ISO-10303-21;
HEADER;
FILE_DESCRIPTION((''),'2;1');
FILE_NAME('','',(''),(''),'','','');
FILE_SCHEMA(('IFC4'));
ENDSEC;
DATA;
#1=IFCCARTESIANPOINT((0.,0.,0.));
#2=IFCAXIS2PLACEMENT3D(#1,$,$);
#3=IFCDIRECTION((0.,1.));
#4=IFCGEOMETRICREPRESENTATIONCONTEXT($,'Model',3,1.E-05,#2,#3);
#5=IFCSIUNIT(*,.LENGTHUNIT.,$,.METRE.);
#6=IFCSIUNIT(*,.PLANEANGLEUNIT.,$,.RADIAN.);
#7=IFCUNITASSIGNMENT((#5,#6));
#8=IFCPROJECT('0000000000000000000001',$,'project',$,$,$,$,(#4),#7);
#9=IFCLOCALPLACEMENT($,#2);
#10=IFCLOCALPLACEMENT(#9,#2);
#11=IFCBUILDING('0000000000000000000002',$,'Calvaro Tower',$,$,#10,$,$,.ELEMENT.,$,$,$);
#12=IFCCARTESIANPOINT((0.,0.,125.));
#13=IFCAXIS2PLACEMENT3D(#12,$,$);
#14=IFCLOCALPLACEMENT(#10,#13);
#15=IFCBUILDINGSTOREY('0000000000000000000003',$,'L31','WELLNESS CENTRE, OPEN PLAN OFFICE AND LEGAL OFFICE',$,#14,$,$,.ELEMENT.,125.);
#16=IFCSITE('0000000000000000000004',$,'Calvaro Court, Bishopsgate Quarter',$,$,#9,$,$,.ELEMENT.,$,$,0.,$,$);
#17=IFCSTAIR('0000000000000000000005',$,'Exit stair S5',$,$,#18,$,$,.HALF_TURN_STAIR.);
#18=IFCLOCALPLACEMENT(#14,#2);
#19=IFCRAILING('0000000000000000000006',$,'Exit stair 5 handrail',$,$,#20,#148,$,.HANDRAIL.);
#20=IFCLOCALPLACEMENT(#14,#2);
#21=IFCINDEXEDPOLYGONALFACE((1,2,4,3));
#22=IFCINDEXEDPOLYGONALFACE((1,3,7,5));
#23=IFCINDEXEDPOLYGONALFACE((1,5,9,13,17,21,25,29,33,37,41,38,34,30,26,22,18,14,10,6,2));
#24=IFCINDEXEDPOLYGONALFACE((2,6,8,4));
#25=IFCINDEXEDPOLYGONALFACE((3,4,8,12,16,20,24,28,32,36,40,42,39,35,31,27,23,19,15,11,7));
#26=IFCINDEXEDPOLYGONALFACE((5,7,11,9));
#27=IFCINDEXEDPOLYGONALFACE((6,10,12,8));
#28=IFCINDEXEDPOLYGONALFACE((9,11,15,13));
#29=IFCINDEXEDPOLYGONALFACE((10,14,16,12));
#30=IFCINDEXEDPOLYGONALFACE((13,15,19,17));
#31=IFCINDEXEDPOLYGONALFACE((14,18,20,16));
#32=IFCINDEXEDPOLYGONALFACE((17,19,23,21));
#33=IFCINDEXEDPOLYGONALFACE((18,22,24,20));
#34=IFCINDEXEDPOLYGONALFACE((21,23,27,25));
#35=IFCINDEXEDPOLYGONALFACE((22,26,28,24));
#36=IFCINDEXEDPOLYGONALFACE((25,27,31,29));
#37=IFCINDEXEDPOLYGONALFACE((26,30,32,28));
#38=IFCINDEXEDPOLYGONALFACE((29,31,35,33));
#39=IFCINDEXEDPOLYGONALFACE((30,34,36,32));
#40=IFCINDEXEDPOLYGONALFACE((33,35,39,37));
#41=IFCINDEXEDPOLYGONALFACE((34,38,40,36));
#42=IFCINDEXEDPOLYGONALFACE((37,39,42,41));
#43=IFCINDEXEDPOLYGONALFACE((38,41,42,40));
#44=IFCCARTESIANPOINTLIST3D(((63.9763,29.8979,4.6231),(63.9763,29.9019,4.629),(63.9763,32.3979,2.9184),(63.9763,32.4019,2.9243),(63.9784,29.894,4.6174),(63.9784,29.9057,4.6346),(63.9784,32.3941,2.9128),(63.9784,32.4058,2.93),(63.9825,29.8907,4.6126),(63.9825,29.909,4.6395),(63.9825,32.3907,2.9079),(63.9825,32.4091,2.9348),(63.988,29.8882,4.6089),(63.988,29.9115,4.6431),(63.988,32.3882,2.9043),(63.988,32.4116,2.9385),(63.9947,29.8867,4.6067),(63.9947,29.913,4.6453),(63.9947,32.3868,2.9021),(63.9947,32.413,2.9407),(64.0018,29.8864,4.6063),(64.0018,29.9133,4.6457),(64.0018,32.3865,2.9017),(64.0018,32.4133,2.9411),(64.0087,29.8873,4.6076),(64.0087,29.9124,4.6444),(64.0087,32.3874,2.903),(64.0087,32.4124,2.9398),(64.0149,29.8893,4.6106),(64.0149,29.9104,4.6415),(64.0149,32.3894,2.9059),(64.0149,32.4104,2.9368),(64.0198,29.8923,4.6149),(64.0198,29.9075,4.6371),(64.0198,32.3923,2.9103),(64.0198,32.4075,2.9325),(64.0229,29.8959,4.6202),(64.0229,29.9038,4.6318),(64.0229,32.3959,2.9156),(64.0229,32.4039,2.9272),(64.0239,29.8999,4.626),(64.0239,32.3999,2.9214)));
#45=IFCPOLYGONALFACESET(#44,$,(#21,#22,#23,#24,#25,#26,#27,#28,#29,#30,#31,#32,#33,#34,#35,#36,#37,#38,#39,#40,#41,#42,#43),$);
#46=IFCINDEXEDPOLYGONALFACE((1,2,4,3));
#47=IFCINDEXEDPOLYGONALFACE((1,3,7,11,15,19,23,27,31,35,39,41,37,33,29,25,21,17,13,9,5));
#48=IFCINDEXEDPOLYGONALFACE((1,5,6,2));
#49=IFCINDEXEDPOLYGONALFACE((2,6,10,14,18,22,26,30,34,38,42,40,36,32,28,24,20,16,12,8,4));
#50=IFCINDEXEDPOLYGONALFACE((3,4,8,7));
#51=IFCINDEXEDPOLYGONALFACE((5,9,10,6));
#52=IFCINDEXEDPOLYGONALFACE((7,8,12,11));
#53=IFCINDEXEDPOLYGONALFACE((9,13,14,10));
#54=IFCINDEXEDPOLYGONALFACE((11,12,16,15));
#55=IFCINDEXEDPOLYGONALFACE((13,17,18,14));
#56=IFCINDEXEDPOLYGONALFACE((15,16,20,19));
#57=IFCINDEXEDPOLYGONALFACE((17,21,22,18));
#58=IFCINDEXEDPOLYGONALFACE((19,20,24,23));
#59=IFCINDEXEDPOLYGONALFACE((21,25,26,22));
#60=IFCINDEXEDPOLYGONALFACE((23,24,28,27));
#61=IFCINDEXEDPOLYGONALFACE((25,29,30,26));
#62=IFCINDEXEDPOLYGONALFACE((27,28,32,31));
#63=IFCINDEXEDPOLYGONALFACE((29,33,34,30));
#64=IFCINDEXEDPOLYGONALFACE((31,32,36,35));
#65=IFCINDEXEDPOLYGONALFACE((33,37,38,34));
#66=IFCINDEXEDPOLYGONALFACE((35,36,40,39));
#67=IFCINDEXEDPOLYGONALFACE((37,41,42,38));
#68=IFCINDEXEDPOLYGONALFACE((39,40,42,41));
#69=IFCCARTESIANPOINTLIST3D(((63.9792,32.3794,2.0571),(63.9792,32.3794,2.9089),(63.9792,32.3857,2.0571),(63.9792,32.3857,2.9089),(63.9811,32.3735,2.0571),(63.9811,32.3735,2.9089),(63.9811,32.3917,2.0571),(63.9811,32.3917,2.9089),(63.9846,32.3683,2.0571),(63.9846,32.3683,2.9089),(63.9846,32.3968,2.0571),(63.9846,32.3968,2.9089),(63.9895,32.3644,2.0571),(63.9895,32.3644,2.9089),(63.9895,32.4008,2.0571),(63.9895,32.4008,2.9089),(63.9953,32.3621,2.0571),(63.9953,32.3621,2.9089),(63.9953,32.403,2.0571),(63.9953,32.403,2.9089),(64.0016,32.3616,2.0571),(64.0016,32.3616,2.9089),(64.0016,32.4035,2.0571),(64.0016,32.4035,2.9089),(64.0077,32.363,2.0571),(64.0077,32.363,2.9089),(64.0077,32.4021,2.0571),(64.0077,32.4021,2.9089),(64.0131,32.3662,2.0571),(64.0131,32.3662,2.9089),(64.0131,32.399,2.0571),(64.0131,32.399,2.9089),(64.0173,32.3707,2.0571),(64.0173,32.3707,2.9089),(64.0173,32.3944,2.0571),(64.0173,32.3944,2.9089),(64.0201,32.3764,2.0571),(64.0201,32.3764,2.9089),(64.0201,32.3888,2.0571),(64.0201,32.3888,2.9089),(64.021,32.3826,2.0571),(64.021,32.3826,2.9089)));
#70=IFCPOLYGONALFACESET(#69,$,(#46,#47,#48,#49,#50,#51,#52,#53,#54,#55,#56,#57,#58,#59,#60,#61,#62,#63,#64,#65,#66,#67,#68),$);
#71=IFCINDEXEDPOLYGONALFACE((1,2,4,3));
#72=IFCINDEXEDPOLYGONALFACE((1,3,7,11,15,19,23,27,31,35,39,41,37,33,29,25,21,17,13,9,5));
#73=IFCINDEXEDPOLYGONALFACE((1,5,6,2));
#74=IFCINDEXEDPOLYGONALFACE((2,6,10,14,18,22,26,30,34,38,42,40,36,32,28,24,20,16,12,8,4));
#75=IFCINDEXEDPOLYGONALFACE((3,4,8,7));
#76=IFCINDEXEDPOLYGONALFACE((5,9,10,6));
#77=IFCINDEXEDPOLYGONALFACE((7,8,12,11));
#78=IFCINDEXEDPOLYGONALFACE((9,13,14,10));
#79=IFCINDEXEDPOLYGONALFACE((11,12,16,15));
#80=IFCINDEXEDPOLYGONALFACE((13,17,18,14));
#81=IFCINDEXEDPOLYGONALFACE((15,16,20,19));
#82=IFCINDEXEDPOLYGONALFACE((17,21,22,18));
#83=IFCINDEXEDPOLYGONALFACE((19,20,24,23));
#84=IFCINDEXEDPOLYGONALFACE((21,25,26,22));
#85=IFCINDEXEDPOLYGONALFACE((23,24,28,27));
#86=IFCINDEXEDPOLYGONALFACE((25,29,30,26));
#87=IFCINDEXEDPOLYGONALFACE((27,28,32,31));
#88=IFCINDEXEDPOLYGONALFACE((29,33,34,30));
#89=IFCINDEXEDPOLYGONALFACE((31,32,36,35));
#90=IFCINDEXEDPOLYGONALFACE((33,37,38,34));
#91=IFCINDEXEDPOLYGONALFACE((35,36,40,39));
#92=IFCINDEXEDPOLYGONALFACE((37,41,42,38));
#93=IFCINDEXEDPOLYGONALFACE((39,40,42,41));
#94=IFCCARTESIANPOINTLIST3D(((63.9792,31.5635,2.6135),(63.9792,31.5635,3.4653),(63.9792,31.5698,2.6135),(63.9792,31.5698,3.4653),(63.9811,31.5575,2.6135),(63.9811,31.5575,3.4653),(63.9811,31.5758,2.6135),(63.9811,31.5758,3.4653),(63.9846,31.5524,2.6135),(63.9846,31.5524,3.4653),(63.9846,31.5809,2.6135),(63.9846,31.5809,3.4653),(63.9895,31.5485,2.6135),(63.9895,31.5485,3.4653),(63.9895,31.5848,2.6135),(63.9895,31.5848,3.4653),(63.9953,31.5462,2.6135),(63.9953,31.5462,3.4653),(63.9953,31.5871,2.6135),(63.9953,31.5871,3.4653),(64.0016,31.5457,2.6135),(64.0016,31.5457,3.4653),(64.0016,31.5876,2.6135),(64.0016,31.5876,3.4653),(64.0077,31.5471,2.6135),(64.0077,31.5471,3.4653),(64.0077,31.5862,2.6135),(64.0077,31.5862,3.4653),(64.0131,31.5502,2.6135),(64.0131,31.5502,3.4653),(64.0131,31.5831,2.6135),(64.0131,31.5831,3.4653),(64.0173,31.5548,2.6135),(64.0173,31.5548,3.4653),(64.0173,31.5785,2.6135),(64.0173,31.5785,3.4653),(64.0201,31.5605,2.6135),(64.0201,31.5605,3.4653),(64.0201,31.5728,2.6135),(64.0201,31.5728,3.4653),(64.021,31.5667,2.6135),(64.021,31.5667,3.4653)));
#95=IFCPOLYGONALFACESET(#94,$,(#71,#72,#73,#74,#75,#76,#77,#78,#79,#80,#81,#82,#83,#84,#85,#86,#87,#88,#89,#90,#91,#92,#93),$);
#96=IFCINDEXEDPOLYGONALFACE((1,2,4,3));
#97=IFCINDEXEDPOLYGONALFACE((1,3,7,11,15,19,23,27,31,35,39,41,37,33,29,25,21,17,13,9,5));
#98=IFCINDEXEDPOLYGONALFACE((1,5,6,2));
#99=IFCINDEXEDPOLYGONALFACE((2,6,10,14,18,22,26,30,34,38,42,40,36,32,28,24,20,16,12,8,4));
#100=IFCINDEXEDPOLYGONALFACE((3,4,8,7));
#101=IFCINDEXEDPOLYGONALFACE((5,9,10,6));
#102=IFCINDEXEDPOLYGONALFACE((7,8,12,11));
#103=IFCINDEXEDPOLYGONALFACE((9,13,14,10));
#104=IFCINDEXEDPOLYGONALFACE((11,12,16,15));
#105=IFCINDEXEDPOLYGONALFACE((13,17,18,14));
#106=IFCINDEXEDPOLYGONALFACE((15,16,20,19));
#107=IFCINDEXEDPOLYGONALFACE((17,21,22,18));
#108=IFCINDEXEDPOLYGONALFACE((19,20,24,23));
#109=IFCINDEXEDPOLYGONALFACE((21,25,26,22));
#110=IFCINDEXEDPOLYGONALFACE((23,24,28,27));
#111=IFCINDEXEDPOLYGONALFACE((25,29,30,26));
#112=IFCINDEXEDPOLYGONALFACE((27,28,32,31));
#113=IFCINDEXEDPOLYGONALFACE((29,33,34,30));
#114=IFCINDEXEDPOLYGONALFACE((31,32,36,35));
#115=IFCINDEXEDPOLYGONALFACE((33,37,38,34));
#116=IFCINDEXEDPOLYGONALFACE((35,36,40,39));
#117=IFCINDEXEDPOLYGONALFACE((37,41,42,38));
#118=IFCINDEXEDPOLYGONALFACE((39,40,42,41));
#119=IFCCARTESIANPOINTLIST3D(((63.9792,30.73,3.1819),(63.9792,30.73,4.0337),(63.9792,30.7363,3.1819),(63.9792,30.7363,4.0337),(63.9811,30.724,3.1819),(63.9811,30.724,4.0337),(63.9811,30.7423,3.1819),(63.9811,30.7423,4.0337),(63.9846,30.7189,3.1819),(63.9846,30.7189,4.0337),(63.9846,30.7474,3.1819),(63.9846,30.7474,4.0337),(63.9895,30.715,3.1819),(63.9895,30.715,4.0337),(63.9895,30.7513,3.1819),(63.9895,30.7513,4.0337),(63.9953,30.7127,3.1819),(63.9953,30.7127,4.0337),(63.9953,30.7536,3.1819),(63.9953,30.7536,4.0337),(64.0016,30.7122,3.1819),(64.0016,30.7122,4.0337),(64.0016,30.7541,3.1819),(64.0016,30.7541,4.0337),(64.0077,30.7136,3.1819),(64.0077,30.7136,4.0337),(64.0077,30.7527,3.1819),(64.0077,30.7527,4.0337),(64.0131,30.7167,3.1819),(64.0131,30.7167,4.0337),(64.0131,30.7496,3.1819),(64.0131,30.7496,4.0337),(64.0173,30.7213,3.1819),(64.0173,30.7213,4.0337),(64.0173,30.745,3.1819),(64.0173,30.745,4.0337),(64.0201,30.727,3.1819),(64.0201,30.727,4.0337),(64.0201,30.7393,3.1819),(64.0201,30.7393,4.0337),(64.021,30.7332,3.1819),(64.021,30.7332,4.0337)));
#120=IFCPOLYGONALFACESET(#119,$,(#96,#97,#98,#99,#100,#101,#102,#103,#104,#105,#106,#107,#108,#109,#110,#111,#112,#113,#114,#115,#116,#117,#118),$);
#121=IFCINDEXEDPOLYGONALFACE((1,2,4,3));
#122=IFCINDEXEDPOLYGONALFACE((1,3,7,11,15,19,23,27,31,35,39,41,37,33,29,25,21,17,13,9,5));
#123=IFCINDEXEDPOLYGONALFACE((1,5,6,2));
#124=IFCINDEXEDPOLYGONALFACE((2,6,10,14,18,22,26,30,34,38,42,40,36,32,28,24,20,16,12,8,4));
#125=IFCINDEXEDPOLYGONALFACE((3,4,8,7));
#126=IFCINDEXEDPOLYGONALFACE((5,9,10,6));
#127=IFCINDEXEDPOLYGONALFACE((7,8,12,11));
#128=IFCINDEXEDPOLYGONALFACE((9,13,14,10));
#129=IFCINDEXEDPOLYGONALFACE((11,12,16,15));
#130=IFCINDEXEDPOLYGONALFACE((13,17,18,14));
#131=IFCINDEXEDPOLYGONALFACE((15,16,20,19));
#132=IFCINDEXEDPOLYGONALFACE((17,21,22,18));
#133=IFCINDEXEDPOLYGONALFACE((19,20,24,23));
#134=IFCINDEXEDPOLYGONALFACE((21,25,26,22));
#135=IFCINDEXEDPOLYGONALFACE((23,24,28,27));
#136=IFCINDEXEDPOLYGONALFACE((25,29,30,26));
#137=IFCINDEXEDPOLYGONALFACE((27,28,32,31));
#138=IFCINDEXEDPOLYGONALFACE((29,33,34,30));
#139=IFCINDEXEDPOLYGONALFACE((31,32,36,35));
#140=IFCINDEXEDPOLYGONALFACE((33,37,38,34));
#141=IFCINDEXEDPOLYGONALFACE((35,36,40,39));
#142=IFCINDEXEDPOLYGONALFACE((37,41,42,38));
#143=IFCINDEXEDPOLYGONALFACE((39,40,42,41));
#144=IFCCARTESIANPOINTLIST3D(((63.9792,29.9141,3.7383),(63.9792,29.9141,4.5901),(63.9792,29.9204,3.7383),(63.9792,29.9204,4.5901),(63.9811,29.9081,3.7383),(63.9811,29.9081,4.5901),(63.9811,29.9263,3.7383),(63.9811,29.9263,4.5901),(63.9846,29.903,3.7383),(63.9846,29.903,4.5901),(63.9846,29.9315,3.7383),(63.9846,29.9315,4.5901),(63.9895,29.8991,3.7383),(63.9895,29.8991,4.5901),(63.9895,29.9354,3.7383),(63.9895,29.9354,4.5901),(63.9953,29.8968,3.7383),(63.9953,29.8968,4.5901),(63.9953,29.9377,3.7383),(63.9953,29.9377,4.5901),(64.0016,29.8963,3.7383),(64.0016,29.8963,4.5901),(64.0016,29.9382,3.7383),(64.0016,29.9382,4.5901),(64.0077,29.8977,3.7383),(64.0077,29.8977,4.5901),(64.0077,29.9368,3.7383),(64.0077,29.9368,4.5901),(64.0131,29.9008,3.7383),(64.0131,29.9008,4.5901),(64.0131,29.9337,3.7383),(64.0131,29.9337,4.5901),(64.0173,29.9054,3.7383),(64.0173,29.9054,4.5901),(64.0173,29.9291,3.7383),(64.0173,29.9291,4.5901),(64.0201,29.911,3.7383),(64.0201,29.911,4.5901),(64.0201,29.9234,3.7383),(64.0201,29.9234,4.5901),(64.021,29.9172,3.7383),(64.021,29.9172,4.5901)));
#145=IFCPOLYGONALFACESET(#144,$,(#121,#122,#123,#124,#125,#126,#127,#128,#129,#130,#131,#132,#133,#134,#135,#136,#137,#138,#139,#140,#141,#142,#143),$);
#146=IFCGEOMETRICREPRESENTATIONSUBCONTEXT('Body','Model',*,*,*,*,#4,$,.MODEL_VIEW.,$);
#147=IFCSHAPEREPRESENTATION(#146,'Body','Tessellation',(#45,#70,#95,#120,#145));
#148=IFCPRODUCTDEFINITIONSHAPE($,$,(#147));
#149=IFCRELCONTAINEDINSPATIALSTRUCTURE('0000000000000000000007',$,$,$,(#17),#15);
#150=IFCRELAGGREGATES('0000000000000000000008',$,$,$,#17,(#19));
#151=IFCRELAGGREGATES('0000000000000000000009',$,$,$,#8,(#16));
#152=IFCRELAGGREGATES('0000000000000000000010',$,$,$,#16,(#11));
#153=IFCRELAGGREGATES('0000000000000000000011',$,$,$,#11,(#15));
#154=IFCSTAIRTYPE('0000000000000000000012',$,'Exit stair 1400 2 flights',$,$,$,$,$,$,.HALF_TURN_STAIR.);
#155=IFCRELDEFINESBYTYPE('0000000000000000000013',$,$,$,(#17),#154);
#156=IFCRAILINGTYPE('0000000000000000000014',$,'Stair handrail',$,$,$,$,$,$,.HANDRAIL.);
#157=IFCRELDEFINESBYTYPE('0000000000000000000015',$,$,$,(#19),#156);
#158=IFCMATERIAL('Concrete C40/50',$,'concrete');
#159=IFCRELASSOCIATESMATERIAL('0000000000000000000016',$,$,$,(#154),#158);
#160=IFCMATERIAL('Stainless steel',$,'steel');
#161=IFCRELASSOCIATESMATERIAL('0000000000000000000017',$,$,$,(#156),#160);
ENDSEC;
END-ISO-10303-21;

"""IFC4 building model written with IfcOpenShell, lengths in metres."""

from ifc_helpers import new_model, si_unit, direction, frame, origin, origin_2d, place, context, subcontext, project, spatial, circle, extrude, material, type_object, element, aggregate, save


model = new_model("IFC4")

# Units and contexts
model_context = context("Model", 3, precision=1e-05, world=origin(), true_north=direction((0.0, 1.0)))
body_context = subcontext(model_context, "Body", "Model", "MODEL_VIEW")
ifc_project = project(units=[si_unit("LENGTHUNIT", "METRE"), si_unit("PLANEANGLEUNIT", "RADIAN")], contexts=[model_context])

# Site, building, storey
site_placement = place(None, origin())
site = spatial("IfcSite", under=ifc_project, at=site_placement, Name="Calvaro Court, Bishopsgate Quarter", CompositionType="ELEMENT", RefElevation=0.0)
building_placement = place(site_placement, origin())
building = spatial("IfcBuilding", under=site, at=building_placement, Name="Calvaro Tower", CompositionType="ELEMENT")
storey_placement = place(building_placement, frame((0.0, 0.0, 125.0)))
storey = spatial("IfcBuildingStorey", under=building, at=storey_placement, Name="L31", Description="WELLNESS CENTRE, OPEN PLAN OFFICE AND LEGAL OFFICE", CompositionType="ELEMENT", Elevation=125.0)

# Stair
ifc_material_1 = material(Name="Concrete C40/50", Category="concrete")
stair_type = type_object("IfcStairType", Name="Exit stair 1400 2 flights", PredefinedType="HALF_TURN_STAIR", material=ifc_material_1)
stair_1_placement = place(storey_placement, origin())
stair_1 = element("IfcStair", 1, at=stair_1_placement, inside=storey, type_object=stair_type, Name="Exit stair S5", PredefinedType="HALF_TURN_STAIR")

# Shared definitions
ifc_material_2 = material(Name="Stainless steel", Category="steel")
railing_type = type_object("IfcRailingType", Name="Stair handrail", PredefinedType="HANDRAIL", material=ifc_material_2)

# Railing
railing_1_placement = place(storey_placement, frame((64.0, 32.3999, 2.0454)))
railing_1 = element("IfcRailing", 2, at=railing_1_placement, type_object=railing_type, Name="Exit stair 5 handrail", PredefinedType="HANDRAIL", context=body_context, shape_type="SweptSolid", body=[
    extrude(circle(Radius=0.0239, at=origin_2d()), frame((0.0, 0.0, 0.876), z_axis=(0.0, -0.826221, 0.563347), x_axis=(1.0, 0.0, 0.0)), (0.0, 0.0, 1.0), 3.0259),
    extrude(circle(Radius=0.021, at=origin_2d()), frame((0.0, -0.0173, 0.0117)), (0.0, 0.0, 1.0), 0.8518),
    extrude(circle(Radius=0.021, at=origin_2d()), frame((0.0, -0.8333, 0.5681)), (0.0, 0.0, 1.0), 0.8518),
    extrude(circle(Radius=0.021, at=origin_2d()), frame((0.0, -1.6667, 1.1365)), (0.0, 0.0, 1.0), 0.8518),
    extrude(circle(Radius=0.021, at=origin_2d()), frame((0.0, -2.4827, 1.6929)), (0.0, 0.0, 1.0), 0.8518),
])
aggregate(stair_1, [railing_1])

save(model, "model.ifc")
